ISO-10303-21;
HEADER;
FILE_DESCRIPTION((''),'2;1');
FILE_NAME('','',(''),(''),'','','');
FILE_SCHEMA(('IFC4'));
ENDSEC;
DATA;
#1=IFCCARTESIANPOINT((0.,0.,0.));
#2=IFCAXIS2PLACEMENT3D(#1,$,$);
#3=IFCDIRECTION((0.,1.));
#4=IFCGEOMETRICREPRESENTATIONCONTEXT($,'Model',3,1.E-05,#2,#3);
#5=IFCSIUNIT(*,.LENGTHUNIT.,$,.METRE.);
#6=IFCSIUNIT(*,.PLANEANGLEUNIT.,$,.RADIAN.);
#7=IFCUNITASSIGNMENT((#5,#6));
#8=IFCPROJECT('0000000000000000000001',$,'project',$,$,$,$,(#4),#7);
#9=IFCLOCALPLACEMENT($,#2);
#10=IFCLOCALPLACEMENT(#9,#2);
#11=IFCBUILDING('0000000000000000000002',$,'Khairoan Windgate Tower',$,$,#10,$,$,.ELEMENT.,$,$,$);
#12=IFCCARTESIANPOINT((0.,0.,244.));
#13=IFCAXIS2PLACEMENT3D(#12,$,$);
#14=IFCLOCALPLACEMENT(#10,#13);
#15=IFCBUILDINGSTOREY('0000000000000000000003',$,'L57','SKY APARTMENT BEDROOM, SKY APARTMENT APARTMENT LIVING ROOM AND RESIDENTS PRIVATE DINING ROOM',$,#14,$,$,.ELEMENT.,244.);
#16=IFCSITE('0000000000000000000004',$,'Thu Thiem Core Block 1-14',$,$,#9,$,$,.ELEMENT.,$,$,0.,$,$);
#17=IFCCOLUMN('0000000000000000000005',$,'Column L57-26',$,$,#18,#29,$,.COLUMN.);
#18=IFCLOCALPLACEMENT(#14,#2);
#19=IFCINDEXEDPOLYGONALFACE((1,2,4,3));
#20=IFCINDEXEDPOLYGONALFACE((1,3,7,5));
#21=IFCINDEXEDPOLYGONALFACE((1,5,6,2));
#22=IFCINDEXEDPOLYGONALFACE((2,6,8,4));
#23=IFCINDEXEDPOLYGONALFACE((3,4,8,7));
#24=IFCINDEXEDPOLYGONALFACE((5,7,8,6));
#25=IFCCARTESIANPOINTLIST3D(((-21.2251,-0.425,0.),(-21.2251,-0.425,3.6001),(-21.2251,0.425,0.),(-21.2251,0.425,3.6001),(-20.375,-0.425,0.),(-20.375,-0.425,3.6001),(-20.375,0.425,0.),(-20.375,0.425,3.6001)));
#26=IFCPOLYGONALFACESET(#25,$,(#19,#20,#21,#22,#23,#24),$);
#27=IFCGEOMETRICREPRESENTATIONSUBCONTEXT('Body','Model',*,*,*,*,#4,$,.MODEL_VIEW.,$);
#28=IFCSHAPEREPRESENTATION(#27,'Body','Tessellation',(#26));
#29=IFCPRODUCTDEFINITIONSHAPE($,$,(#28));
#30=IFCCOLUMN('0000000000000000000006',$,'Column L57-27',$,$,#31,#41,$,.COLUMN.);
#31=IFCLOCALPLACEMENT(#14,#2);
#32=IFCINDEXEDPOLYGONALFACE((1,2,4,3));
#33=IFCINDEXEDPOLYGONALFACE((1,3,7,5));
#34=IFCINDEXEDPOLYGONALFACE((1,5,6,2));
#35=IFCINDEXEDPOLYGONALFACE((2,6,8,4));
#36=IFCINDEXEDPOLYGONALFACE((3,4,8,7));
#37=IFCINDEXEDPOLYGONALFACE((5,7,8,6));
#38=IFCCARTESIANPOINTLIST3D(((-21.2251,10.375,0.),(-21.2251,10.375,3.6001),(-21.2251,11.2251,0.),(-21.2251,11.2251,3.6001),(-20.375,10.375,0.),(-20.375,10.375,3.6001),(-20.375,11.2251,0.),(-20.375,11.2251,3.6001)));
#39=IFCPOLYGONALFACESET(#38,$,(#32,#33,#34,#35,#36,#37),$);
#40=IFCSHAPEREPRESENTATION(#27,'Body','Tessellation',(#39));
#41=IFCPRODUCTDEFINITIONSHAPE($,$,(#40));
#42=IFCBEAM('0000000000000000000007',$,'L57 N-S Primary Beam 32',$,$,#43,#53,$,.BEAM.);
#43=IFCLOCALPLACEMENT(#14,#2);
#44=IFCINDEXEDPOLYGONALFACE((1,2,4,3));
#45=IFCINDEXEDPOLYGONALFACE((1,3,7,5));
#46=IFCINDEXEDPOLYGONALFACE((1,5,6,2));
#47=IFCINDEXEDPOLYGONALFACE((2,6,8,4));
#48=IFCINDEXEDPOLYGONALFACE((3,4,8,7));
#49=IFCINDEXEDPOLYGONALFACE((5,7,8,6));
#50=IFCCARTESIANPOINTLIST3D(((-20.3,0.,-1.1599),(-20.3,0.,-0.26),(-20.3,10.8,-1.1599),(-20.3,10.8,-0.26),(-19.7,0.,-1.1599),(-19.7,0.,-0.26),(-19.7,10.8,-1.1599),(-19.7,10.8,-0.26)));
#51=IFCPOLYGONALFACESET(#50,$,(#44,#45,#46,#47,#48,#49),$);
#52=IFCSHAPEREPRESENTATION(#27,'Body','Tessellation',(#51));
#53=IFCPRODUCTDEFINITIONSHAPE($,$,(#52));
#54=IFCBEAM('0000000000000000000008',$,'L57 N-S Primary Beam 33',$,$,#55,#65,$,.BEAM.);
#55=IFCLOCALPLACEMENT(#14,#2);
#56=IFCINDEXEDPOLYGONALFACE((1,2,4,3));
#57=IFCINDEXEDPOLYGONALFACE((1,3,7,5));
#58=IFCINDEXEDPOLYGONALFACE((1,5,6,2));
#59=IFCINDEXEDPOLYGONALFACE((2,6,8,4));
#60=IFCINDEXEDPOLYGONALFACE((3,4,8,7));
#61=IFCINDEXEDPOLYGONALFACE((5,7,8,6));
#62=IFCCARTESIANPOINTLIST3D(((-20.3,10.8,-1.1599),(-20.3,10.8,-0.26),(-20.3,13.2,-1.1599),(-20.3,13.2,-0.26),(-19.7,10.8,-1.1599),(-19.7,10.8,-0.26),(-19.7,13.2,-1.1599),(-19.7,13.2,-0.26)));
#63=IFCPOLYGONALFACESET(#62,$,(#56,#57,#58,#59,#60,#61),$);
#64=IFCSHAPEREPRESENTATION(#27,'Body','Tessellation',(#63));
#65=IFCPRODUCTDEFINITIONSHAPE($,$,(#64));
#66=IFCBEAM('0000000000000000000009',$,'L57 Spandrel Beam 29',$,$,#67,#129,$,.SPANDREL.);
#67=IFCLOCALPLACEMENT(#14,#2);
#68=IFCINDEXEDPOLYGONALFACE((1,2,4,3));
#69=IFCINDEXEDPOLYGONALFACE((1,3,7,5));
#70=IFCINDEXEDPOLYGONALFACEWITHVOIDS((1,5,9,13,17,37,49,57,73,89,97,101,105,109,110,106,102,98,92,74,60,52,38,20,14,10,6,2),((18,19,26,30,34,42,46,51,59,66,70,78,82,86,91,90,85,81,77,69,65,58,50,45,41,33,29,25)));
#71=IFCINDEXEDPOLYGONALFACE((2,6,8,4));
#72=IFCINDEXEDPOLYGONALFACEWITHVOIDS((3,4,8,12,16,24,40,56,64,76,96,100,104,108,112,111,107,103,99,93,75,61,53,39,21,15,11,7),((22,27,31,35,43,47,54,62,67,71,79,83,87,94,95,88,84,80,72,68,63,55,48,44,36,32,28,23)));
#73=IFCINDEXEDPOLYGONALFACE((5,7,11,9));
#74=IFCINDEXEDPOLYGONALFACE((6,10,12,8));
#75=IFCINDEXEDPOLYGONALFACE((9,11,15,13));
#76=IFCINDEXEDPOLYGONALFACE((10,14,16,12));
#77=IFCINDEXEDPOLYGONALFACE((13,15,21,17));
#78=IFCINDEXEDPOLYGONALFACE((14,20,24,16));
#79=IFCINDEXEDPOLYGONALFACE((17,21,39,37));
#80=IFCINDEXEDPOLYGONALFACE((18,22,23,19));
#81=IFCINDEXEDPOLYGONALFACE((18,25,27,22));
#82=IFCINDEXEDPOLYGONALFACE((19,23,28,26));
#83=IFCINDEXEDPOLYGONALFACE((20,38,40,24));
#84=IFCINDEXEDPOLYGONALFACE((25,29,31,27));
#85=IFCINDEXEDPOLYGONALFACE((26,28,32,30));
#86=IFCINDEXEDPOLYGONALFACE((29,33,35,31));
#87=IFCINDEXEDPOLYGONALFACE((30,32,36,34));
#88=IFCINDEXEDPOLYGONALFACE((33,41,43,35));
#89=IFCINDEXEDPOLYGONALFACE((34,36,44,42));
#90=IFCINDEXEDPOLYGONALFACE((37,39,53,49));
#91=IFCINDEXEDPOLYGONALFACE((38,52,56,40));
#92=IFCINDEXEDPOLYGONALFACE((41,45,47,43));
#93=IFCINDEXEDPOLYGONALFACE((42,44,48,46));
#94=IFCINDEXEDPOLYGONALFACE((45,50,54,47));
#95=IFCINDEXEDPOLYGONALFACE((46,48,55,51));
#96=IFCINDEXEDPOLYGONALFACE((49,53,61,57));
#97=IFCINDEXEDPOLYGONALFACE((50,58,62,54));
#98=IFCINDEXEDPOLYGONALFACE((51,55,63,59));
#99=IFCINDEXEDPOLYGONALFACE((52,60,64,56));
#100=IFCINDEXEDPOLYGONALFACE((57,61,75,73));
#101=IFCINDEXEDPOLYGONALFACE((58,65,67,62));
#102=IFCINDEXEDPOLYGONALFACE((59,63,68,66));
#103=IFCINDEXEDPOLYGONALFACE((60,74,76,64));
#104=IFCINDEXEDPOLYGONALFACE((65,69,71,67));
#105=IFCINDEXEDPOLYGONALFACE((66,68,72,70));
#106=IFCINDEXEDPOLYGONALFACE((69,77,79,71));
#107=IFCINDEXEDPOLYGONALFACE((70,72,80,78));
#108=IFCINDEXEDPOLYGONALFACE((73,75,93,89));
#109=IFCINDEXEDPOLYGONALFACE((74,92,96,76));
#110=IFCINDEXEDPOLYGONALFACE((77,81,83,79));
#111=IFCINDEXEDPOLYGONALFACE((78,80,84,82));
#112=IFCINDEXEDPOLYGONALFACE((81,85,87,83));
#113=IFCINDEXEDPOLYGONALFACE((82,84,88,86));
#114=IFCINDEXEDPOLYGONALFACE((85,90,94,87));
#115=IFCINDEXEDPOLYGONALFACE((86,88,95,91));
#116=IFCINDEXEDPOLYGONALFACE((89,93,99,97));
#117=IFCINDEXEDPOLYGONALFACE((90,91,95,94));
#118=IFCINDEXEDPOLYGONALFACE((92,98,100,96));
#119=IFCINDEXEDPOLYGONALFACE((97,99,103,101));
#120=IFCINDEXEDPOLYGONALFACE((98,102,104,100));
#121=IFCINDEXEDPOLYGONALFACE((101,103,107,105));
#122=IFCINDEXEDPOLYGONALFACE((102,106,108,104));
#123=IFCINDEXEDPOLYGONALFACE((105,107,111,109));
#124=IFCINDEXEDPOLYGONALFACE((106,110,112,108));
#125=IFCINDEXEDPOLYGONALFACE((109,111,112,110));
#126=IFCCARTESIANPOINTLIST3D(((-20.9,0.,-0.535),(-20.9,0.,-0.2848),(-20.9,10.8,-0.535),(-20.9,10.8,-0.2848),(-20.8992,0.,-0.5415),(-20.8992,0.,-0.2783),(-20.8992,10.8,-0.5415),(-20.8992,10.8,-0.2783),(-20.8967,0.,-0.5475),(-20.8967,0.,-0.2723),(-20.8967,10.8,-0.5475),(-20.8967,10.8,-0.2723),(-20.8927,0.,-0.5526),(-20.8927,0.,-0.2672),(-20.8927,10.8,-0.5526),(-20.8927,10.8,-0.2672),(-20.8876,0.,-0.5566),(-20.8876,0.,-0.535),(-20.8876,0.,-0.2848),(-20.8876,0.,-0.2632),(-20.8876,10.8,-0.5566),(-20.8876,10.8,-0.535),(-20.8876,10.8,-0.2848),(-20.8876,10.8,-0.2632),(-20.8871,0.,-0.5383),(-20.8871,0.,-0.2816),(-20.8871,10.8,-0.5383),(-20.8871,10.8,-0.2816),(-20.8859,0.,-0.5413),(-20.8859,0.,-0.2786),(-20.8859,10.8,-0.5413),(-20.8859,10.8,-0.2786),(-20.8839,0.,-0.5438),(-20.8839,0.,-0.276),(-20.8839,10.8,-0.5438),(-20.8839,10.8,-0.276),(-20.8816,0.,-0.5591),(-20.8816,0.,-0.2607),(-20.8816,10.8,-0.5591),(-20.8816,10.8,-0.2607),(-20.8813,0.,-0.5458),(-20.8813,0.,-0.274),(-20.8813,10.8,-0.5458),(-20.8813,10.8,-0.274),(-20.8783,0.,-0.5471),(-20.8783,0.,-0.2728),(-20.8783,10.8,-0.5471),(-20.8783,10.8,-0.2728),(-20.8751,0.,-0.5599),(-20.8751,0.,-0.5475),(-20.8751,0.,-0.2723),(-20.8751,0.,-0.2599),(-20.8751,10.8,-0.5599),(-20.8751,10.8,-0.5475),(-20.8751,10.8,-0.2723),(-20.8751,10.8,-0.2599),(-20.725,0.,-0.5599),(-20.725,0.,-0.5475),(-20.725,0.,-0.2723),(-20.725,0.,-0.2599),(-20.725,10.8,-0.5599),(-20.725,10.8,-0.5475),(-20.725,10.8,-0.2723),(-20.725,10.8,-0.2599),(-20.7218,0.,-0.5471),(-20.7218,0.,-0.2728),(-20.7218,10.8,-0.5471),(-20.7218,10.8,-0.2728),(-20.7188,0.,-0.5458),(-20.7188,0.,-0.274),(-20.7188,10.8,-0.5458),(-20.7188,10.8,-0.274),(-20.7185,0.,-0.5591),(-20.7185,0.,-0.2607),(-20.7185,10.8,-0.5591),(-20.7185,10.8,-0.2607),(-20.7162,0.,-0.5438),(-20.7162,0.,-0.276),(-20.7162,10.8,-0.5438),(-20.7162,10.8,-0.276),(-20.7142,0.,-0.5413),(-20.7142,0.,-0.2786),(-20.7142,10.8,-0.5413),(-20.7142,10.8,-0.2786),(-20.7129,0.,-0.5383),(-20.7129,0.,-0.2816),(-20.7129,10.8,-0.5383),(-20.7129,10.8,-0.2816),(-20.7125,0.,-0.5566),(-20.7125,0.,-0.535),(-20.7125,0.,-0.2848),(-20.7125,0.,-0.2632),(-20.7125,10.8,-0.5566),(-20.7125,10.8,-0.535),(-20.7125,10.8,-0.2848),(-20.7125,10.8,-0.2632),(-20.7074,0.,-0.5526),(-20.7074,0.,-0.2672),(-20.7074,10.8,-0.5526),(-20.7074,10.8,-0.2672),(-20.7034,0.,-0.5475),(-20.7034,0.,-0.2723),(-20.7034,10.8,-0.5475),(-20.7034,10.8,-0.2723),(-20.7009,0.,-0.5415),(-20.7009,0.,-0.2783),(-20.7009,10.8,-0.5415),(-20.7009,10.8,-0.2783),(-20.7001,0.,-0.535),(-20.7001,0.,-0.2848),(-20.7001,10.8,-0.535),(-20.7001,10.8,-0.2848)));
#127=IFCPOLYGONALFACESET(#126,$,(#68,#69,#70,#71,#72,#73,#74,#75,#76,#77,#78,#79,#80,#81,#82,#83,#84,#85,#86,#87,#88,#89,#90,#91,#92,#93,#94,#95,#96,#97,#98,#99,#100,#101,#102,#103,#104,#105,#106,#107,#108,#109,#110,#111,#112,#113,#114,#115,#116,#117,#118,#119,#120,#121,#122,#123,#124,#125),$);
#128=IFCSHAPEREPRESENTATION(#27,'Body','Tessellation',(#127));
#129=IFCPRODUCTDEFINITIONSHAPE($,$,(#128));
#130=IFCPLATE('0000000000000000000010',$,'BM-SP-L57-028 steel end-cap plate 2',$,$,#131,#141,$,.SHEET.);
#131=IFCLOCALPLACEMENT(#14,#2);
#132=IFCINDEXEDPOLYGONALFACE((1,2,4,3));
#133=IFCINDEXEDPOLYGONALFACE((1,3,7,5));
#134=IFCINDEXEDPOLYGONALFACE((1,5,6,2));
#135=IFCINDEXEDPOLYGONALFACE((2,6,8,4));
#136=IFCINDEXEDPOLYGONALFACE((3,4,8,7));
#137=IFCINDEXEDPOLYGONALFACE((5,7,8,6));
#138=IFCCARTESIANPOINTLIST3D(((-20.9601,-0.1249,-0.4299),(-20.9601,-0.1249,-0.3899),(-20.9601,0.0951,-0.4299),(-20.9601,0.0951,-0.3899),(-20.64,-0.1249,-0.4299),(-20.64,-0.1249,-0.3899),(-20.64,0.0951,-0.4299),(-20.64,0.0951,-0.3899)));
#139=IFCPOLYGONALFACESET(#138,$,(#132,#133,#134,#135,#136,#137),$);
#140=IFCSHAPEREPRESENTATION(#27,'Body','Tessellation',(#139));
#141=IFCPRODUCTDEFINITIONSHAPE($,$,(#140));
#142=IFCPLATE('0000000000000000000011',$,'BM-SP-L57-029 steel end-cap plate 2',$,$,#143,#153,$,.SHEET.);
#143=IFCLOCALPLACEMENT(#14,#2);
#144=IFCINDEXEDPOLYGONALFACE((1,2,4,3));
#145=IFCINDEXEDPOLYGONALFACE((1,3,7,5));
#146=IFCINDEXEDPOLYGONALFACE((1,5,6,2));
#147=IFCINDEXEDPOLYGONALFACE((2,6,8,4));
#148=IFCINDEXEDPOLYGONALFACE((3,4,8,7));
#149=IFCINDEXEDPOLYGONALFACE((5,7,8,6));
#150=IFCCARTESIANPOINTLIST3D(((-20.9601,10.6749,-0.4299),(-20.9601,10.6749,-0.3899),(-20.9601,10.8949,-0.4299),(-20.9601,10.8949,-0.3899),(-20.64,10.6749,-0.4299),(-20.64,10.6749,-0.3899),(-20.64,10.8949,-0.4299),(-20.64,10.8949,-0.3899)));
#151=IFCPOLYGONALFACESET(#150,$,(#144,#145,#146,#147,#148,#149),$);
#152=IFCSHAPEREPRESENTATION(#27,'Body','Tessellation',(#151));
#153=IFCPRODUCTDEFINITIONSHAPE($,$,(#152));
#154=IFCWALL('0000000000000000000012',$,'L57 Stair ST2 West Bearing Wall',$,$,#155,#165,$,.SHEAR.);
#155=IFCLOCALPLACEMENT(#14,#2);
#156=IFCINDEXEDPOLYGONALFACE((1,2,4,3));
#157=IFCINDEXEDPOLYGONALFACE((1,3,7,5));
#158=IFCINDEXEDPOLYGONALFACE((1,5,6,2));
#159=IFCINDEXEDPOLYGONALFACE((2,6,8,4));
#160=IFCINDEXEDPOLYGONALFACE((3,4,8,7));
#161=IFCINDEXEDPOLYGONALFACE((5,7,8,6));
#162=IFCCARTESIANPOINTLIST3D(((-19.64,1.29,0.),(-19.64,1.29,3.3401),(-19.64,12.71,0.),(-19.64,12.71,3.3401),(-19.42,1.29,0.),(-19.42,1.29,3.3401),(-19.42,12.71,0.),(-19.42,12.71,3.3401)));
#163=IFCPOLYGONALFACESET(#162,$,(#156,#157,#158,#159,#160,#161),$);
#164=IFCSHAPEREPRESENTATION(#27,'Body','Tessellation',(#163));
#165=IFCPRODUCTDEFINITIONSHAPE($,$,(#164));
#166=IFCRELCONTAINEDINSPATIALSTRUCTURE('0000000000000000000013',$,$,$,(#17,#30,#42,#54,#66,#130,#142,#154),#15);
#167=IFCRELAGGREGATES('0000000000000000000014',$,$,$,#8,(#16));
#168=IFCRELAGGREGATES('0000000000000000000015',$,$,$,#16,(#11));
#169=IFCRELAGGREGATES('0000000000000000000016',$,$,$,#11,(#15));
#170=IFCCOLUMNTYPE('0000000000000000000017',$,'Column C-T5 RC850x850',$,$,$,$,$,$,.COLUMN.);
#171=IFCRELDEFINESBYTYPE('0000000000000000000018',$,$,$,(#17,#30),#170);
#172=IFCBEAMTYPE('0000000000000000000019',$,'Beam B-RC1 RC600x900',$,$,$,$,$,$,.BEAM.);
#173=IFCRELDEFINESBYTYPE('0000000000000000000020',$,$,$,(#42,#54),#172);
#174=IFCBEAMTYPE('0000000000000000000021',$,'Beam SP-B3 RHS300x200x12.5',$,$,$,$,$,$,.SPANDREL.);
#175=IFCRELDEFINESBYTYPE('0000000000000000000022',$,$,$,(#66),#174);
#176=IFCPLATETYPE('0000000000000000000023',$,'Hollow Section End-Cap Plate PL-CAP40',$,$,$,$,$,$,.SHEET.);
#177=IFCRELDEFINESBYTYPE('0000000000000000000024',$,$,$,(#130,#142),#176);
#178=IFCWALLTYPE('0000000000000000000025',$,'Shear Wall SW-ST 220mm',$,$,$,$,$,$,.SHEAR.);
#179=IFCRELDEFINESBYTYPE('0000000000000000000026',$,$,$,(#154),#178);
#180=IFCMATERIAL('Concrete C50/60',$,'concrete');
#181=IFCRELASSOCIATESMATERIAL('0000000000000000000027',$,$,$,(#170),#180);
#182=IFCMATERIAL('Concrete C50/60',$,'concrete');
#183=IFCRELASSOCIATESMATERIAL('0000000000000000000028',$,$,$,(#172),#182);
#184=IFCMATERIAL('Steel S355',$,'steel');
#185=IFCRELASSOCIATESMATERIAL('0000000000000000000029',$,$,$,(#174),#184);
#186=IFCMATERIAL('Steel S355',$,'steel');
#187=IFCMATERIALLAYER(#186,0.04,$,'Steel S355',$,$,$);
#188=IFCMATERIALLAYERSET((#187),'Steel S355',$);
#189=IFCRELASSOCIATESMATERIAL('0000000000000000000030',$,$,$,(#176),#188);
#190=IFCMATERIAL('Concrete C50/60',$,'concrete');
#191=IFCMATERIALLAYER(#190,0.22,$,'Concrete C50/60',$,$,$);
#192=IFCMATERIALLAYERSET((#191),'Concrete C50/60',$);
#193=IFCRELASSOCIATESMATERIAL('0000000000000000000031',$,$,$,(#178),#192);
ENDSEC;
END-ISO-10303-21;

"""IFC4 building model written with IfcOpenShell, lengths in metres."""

from ifc_helpers import new_model, si_unit, direction, frame, frame_2d, origin, origin_2d, place, context, subcontext, project, spatial, rectangle, hollow_rectangle, extrude, material, layer, layer_set, material_profile, profile_set, type_object, element, save


model = new_model("IFC4")

# Units and contexts
model_context = context("Model", 3, precision=1e-05, world=origin(), true_north=direction((0.0, 1.0)))
body_context = subcontext(model_context, "Body", "Model", "MODEL_VIEW")
ifc_project = project(units=[si_unit("LENGTHUNIT", "METRE"), si_unit("PLANEANGLEUNIT", "RADIAN")], contexts=[model_context])

# Site, building, storey
site_placement = place(None, origin())
site = spatial("IfcSite", under=ifc_project, at=site_placement, Name="Thu Thiem Core Block 1-14", CompositionType="ELEMENT", RefElevation=0.0)
building_placement = place(site_placement, origin())
building = spatial("IfcBuilding", under=site, at=building_placement, Name="Khairoan Windgate Tower", CompositionType="ELEMENT")
storey_placement = place(building_placement, frame((0.0, 0.0, 244.0)))
storey = spatial("IfcBuildingStorey", under=building, at=storey_placement, Name="L57", Description="SKY APARTMENT BEDROOM, SKY APARTMENT APARTMENT LIVING ROOM AND RESIDENTS PRIVATE DINING ROOM", CompositionType="ELEMENT", Elevation=244.0)

# Columns
ifc_material_1 = material(Name="Concrete C50/60", Category="concrete")
ifc_material_profile_1 = material_profile(ifc_material_1, rectangle(XDim=0.8501, YDim=0.8501, at=origin_2d()))
ifc_profile_set_1 = profile_set([ifc_material_profile_1], Name="Concrete C50/60")
column_type = type_object("IfcColumnType", Name="Column C-T5 RC850x850", PredefinedType="COLUMN", material=ifc_profile_set_1)
for number, where, z_axis, x_axis, name in (
    (1, (-20.8, 0.0, 0.0), (0.0, 0.0, 1.0), (1.0, 0.0, 0.0), "Column L57-26"),
    (2, (-20.8, 10.8, 0.0), (0.0, 0.0, 1.0), (1.0, 0.0, 0.0), "Column L57-27"),
):
    element("IfcColumn", number, at=place(storey_placement, frame(where, z_axis=z_axis, x_axis=x_axis)), inside=storey, type_object=column_type, Name=name, PredefinedType="COLUMN", context=body_context, shape_type="SweptSolid", body=[
        extrude(rectangle(XDim=0.8501, YDim=0.8501, at=origin_2d()), origin(), (0.0, 0.0, 1.0), 3.6001),
    ])

# Beams
ifc_material_2 = material(Name="Concrete C50/60", Category="concrete")
ifc_material_profile_2 = material_profile(ifc_material_2, rectangle(XDim=0.6001, YDim=0.8999, at=origin_2d()))
ifc_profile_set_2 = profile_set([ifc_material_profile_2], Name="Concrete C50/60")
beam_type_1 = type_object("IfcBeamType", Name="Beam B-RC1 RC600x900", PredefinedType="BEAM", material=ifc_profile_set_2)
beam_1_placement = place(storey_placement, frame((-20.0, 0.0, -0.71), z_axis=(0.0, 1.0, 0.0), x_axis=(-1.0, 0.0, 0.0)))
element("IfcBeam", 3, at=beam_1_placement, inside=storey, type_object=beam_type_1, Name="L57 N-S Primary Beam 32", PredefinedType="BEAM", context=body_context, shape_type="SweptSolid", body=[
    extrude(rectangle(XDim=0.6001, YDim=0.8999, at=origin_2d()), origin(), (0.0, 0.0, 1.0), 10.8),
])
beam_2_placement = place(storey_placement, frame((-20.0, 10.8, -0.71), z_axis=(0.0, 1.0, 0.0), x_axis=(-1.0, 0.0, 0.0)))
element("IfcBeam", 4, at=beam_2_placement, inside=storey, type_object=beam_type_1, Name="L57 N-S Primary Beam 33", PredefinedType="BEAM", context=body_context, shape_type="SweptSolid", body=[
    extrude(rectangle(XDim=0.6001, YDim=0.8999, at=origin_2d()), origin(), (0.0, 0.0, 1.0), 2.3999),
])
ifc_material_3 = material(Name="Steel S355", Category="steel")
ifc_material_profile_3 = material_profile(ifc_material_3, hollow_rectangle(XDim=0.2, YDim=0.3, WallThickness=0.0125, InnerFilletRadius=0.0125, OuterFilletRadius=0.0249, at=origin_2d()))
ifc_profile_set_3 = profile_set([ifc_material_profile_3], Name="Steel S355")
beam_type_2 = type_object("IfcBeamType", Name="Beam SP-B3 RHS300x200x12.5", PredefinedType="SPANDREL", material=ifc_profile_set_3)
beam_3_placement = place(storey_placement, frame((-20.8, 0.0, -0.4099), z_axis=(0.0, 1.0, 0.0), x_axis=(-1.0, 0.0, 0.0)))
element("IfcBeam", 5, at=beam_3_placement, inside=storey, type_object=beam_type_2, Name="L57 Spandrel Beam 29", PredefinedType="SPANDREL", context=body_context, shape_type="SweptSolid", body=[
    extrude(hollow_rectangle(XDim=0.2, YDim=0.3, WallThickness=0.0125, InnerFilletRadius=0.0125, OuterFilletRadius=0.0249, at=origin_2d()), origin(), (0.0, 0.0, 1.0), 10.8),
])

# Plates
ifc_material_4 = material(Name="Steel S355", Category="steel")
ifc_layer_1 = layer(ifc_material_4, 0.04, Name="Steel S355")
ifc_layer_set_1 = layer_set([ifc_layer_1], Name="Steel S355")
plate_type = type_object("IfcPlateType", Name="Hollow Section End-Cap Plate PL-CAP40", PredefinedType="SHEET", material=ifc_layer_set_1)
for number, where, z_axis, x_axis, name in (
    (6, (-20.8, -0.0149, -0.4299), (0.0, 0.0, 1.0), (0.0, 1.0, 0.0), "BM-SP-L57-028 steel end-cap plate 2"),
    (7, (-20.8, 10.7849, -0.4299), (0.0, 0.0, 1.0), (0.0, 1.0, 0.0), "BM-SP-L57-029 steel end-cap plate 2"),
):
    element("IfcPlate", number, at=place(storey_placement, frame(where, z_axis=z_axis, x_axis=x_axis)), inside=storey, type_object=plate_type, Name=name, PredefinedType="SHEET", context=body_context, shape_type="SweptSolid", body=[
        extrude(rectangle(XDim=0.22, YDim=0.3201, at=origin_2d()), origin(), (0.0, 0.0, 1.0), 0.04),
    ])

# Wall
ifc_material_5 = material(Name="Concrete C50/60", Category="concrete")
ifc_layer_2 = layer(ifc_material_5, 0.22, Name="Concrete C50/60")
ifc_layer_set_2 = layer_set([ifc_layer_2], Name="Concrete C50/60")
wall_type = type_object("IfcWallType", Name="Shear Wall SW-ST 220mm", PredefinedType="SHEAR", material=ifc_layer_set_2)
wall_1_placement = place(storey_placement, frame((-19.53, 1.29, 0.0), z_axis=(0.0, 0.0, 1.0), x_axis=(0.0, 1.0, 0.0)))
element("IfcWall", 8, at=wall_1_placement, inside=storey, type_object=wall_type, Name="L57 Stair ST2 West Bearing Wall", PredefinedType="SHEAR", context=body_context, shape_type="SweptSolid", body=[
    extrude(rectangle(XDim=11.4199, YDim=0.22, at=frame_2d((5.71, 0.0))), origin(), (0.0, 0.0, 1.0), 3.3401),
])

save(model, "model.ifc")
